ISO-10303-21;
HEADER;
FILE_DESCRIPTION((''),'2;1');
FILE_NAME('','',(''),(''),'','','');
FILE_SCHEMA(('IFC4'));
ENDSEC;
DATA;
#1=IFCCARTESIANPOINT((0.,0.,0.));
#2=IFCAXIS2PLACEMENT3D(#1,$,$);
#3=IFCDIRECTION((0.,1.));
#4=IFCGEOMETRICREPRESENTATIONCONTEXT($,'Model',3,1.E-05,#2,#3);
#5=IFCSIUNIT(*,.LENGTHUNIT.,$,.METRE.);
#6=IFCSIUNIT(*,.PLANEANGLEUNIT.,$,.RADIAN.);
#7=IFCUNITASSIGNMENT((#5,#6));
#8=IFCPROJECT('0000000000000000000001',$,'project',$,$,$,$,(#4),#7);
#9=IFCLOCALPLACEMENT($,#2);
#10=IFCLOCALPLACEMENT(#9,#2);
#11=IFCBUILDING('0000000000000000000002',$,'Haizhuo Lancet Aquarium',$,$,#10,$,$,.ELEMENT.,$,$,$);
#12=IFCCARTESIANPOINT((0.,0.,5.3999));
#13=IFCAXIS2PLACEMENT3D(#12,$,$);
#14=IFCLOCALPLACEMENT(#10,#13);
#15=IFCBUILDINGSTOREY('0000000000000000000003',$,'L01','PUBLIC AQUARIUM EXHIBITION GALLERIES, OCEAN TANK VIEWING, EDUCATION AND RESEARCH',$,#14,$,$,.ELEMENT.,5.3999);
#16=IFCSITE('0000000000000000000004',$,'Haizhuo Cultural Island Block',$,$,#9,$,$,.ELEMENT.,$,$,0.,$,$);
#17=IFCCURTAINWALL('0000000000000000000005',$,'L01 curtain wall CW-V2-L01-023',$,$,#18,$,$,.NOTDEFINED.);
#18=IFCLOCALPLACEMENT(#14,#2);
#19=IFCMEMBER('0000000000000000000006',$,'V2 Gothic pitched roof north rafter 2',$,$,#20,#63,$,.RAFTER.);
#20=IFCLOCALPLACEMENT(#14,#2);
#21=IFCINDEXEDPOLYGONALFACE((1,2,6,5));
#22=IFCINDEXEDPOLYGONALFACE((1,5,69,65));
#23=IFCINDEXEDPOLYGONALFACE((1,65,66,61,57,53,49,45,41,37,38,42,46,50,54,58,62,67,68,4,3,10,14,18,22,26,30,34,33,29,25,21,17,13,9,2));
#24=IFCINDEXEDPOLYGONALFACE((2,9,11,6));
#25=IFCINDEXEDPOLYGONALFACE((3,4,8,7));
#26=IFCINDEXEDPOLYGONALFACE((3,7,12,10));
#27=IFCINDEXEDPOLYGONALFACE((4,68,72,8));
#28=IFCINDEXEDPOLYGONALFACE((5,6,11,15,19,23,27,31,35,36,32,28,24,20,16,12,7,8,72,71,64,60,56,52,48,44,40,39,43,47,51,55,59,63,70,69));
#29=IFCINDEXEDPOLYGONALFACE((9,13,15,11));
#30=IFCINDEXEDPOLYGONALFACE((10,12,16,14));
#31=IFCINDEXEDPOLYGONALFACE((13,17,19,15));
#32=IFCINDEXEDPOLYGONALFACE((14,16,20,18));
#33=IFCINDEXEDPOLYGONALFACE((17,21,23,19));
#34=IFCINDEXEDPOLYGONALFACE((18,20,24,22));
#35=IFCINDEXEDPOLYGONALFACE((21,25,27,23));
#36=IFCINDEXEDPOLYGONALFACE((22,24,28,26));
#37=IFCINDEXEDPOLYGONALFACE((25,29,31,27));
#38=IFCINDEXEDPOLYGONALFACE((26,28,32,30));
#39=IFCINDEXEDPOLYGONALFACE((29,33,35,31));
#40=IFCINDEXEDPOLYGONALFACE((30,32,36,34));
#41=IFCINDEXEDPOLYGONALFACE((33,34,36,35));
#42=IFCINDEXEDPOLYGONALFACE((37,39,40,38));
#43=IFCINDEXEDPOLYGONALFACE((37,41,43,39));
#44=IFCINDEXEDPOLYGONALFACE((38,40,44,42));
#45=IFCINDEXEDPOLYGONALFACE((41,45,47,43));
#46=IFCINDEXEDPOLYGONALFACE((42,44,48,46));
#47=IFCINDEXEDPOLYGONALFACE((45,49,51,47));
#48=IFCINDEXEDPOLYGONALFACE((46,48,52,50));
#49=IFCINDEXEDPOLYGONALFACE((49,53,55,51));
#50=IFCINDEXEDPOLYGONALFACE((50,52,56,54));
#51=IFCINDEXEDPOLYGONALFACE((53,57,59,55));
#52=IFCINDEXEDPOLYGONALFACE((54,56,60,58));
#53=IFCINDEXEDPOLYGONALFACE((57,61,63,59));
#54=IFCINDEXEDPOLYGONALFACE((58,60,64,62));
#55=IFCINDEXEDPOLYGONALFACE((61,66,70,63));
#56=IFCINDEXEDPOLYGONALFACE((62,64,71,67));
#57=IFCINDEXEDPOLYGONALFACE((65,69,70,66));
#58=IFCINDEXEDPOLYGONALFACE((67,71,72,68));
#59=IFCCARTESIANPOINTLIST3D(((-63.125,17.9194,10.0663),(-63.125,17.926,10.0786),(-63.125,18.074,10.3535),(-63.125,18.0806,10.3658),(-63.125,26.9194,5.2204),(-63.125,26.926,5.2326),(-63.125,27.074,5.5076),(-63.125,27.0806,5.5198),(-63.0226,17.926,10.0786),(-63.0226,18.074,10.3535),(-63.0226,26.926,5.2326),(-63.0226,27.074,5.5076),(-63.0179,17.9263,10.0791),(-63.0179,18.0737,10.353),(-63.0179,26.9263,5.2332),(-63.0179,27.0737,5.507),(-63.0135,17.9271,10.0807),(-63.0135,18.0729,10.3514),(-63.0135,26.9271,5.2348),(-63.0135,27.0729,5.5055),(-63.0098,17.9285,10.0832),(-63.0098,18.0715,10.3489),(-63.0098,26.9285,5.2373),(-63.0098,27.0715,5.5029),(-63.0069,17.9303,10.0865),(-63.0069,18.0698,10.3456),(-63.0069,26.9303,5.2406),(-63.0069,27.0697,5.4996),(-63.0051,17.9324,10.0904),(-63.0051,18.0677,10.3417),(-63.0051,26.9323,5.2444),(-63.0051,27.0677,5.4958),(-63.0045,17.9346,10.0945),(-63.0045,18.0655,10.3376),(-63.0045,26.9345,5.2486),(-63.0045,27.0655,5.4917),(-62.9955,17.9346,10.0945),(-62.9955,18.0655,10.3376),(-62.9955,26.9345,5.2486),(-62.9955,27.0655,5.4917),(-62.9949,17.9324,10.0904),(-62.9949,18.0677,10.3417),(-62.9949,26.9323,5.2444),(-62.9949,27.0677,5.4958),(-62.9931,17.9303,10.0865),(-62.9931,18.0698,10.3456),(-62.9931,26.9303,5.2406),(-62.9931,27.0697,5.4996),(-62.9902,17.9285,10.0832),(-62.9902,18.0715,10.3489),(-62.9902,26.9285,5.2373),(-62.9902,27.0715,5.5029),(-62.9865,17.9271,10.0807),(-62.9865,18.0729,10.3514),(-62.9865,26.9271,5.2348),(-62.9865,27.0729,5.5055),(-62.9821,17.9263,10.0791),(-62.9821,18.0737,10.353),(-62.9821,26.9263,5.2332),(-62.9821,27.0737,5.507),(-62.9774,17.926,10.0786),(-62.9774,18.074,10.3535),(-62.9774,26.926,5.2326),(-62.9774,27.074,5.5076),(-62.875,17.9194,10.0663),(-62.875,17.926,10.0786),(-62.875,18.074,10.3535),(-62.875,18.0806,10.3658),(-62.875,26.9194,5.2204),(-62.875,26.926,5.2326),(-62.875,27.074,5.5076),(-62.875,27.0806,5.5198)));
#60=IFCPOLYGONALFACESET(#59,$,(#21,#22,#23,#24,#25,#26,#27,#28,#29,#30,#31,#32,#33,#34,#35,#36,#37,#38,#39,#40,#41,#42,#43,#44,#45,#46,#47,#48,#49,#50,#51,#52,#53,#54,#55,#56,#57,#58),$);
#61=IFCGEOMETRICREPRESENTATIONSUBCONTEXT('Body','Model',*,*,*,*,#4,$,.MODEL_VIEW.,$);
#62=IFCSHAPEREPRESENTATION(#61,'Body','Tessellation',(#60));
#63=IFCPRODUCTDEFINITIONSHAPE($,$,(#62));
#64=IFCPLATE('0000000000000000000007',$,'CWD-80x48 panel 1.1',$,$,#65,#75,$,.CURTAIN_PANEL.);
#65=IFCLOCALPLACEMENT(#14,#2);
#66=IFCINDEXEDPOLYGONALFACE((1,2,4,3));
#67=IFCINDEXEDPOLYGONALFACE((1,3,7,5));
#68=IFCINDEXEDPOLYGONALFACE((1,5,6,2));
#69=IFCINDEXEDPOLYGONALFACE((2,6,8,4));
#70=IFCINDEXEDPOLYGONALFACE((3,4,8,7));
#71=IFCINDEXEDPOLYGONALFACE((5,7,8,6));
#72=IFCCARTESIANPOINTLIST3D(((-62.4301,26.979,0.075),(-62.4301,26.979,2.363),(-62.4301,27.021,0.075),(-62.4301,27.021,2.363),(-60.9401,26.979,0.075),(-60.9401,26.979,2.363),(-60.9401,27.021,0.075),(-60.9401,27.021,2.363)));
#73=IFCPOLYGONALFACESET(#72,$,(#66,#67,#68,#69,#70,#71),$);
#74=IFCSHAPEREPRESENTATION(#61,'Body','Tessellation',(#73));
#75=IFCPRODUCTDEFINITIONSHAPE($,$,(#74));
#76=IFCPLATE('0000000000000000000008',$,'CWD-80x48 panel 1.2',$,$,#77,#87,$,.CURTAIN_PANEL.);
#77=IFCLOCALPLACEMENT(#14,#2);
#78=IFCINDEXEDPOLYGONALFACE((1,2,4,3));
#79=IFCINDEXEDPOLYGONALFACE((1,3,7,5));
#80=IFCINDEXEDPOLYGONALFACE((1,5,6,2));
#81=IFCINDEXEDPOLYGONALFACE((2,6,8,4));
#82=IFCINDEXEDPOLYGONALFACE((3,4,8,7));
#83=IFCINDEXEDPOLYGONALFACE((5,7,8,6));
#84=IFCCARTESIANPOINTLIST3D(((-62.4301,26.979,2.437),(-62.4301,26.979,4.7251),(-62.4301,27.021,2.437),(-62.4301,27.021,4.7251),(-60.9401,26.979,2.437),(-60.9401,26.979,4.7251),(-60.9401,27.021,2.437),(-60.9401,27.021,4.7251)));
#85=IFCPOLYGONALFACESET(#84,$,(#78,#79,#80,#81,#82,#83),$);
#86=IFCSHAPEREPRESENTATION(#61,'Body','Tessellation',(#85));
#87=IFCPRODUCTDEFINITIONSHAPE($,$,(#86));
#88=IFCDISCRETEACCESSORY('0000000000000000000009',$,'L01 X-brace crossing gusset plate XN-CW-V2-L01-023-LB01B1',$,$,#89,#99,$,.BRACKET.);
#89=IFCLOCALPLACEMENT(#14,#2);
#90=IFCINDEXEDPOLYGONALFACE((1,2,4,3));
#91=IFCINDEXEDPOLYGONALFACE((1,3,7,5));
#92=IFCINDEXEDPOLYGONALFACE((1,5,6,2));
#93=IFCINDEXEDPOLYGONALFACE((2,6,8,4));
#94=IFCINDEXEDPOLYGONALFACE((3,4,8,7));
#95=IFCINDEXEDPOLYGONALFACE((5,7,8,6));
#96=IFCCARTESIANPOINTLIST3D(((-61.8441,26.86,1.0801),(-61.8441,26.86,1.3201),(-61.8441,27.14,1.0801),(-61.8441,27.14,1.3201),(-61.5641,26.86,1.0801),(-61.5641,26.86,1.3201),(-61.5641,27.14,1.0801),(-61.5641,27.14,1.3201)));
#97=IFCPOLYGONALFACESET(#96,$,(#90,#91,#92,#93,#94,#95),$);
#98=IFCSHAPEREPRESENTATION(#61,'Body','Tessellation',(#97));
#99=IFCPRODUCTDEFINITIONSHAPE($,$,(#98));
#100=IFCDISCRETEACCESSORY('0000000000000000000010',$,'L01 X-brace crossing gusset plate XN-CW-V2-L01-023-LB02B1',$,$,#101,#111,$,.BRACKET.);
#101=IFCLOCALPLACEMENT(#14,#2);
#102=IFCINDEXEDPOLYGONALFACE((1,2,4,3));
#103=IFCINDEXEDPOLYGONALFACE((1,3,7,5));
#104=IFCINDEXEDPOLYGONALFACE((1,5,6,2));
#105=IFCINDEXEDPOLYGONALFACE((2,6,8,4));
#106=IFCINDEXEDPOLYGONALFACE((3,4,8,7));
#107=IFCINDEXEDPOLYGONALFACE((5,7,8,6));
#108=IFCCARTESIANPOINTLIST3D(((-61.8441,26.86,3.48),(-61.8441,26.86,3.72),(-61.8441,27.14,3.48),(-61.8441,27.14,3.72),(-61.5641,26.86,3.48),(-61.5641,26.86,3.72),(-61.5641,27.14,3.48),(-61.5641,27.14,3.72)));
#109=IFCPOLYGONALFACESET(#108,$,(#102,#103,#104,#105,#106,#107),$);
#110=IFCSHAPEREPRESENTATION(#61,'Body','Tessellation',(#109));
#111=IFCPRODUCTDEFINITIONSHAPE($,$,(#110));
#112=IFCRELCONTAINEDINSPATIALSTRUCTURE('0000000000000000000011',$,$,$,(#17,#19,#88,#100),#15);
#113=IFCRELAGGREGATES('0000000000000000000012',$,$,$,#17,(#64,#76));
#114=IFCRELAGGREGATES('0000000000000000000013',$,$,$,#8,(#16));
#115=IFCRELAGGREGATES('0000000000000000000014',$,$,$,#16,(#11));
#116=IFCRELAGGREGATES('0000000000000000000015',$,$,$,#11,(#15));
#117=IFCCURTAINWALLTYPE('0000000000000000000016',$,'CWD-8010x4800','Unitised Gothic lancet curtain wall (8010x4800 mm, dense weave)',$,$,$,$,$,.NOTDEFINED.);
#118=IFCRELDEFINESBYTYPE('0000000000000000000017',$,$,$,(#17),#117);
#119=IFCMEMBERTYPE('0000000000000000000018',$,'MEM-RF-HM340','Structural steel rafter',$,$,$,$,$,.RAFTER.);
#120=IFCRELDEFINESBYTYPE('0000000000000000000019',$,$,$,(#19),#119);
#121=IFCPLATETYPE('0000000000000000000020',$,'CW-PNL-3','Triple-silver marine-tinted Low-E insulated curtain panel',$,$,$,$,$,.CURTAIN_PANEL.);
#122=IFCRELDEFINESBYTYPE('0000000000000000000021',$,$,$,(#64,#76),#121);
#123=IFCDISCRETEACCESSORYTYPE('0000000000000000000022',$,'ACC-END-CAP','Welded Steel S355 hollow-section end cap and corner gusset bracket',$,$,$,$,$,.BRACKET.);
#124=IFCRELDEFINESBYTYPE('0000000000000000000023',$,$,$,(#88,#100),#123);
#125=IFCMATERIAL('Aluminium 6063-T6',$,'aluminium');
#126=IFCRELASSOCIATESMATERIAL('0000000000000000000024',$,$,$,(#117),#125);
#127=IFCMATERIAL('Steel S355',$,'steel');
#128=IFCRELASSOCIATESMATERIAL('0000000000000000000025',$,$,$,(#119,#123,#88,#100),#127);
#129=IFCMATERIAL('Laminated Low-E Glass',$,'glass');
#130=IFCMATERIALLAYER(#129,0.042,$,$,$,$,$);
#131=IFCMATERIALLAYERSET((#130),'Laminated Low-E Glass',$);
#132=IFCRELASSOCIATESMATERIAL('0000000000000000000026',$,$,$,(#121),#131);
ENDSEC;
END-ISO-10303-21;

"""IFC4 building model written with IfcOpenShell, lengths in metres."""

from ifc_helpers import new_model, si_unit, direction, frame, origin, origin_2d, place, context, subcontext, project, spatial, rectangle, i_section, extrude, material, layer, layer_set, material_profile, profile_set, type_object, element, aggregate, save


model = new_model("IFC4")

# Units and contexts
model_context = context("Model", 3, precision=1e-05, world=origin(), true_north=direction((0.0, 1.0)))
body_context = subcontext(model_context, "Body", "Model", "MODEL_VIEW")
ifc_project = project(units=[si_unit("LENGTHUNIT", "METRE"), si_unit("PLANEANGLEUNIT", "RADIAN")], contexts=[model_context])

# Site, building, storey
site_placement = place(None, origin())
site = spatial("IfcSite", under=ifc_project, at=site_placement, Name="Haizhuo Cultural Island Block", CompositionType="ELEMENT", RefElevation=0.0)
building_placement = place(site_placement, origin())
building = spatial("IfcBuilding", under=site, at=building_placement, Name="Haizhuo Lancet Aquarium", CompositionType="ELEMENT")
storey_placement = place(building_placement, frame((0.0, 0.0, 5.3999)))
storey = spatial("IfcBuildingStorey", under=building, at=storey_placement, Name="L01", Description="PUBLIC AQUARIUM EXHIBITION GALLERIES, OCEAN TANK VIEWING, EDUCATION AND RESEARCH", CompositionType="ELEMENT", Elevation=5.3999)

# Shared definitions
ifc_material_1 = material(Name="Steel S355", Category="steel")

# Curtain wall
ifc_material_2 = material(Name="Aluminium 6063-T6", Category="aluminium")
curtain_wall_type = type_object("IfcCurtainWallType", Name="CWD-8010x4800", Description="Unitised Gothic lancet curtain wall (8010x4800 mm, dense weave)", PredefinedType="NOTDEFINED", material=ifc_material_2)
curtain_wall_placement = place(storey_placement, origin())
curtain_wall = element("IfcCurtainWall", 1, at=curtain_wall_placement, inside=storey, type_object=curtain_wall_type, Name="L01 curtain wall CW-V2-L01-023", PredefinedType="NOTDEFINED")

# Member
ifc_material_profile_1 = material_profile(ifc_material_1, i_section(OverallWidth=0.25, OverallDepth=0.3401, WebThickness=0.009, FlangeThickness=0.0139, FilletRadius=0.0181, at=origin_2d()), Name="HM 340x250x9x14")
ifc_profile_set_1 = profile_set([ifc_material_profile_1], Name="Steel S355")
member_type_1 = type_object("IfcMemberType", Name="MEM-RF-HM340", Description="Structural steel rafter", PredefinedType="RAFTER", material=ifc_profile_set_1)
member_1_placement = place(storey_placement, frame((-63.0, 27.0, 5.3701), z_axis=(0.0, -0.88048, 0.474084), x_axis=(1.0, 0.0, 0.0)))
element("IfcMember", 2, at=member_1_placement, inside=storey, type_object=member_type_1, Name="V2 Gothic pitched roof north rafter 2", PredefinedType="RAFTER", context=body_context, shape_type="SweptSolid", body=[
    extrude(i_section(OverallWidth=0.25, OverallDepth=0.3401, WebThickness=0.009, FlangeThickness=0.0139, FilletRadius=0.0181, at=origin_2d()), origin(), (0.0, 0.0, 1.0), 10.2217),
])

# Plates
ifc_material_3 = material(Name="Laminated Low-E Glass", Category="glass")
ifc_layer = layer(ifc_material_3, 0.042)
ifc_layer_set = layer_set([ifc_layer], Name="Laminated Low-E Glass")
plate_type = type_object("IfcPlateType", Name="CW-PNL-3", Description="Triple-silver marine-tinted Low-E insulated curtain panel", PredefinedType="CURTAIN_PANEL", material=ifc_layer_set)
plate_1_placement = place(storey_placement, frame((-61.6851, 27.0, 0.075), z_axis=(0.0, 0.0, 1.0), x_axis=(1.0, 0.0, 0.0)))
plate_1 = element("IfcPlate", 3, at=plate_1_placement, type_object=plate_type, Name="CWD-80x48 panel 1.1", PredefinedType="CURTAIN_PANEL", context=body_context, shape_type="SweptSolid", body=[
    extrude(rectangle(XDim=1.49, YDim=0.042, at=origin_2d()), origin(), (0.0, 0.0, 1.0), 2.2881),
])
plate_2_placement = place(storey_placement, frame((-61.6851, 27.0, 2.437), z_axis=(0.0, 0.0, 1.0), x_axis=(1.0, 0.0, 0.0)))
plate_2 = element("IfcPlate", 4, at=plate_2_placement, type_object=plate_type, Name="CWD-80x48 panel 1.2", PredefinedType="CURTAIN_PANEL", context=body_context, shape_type="SweptSolid", body=[
    extrude(rectangle(XDim=1.49, YDim=0.042, at=origin_2d()), origin(), (0.0, 0.0, 1.0), 2.2881),
])
aggregate(curtain_wall, [plate_1, plate_2])

# Discrete accessories
discrete_accessory_type = type_object("IfcDiscreteAccessoryType", Name="ACC-END-CAP", Description="Welded Steel S355 hollow-section end cap and corner gusset bracket", PredefinedType="BRACKET", material=ifc_material_1)
for number, where, z_axis, x_axis, name in (
    (5, (-61.7041, 27.0, 1.0801), (0.0, 0.0, 1.0), (1.0, 0.0, 0.0), "L01 X-brace crossing gusset plate XN-CW-V2-L01-023-LB01B1"),
    (6, (-61.7041, 27.0, 3.48), (0.0, 0.0, 1.0), (1.0, 0.0, 0.0), "L01 X-brace crossing gusset plate XN-CW-V2-L01-023-LB02B1"),
):
    element("IfcDiscreteAccessory", number, at=place(storey_placement, frame(where, z_axis=z_axis, x_axis=x_axis)), inside=storey, type_object=discrete_accessory_type, material=ifc_material_1, Name=name, PredefinedType="BRACKET", context=body_context, shape_type="SweptSolid", body=[
        extrude(rectangle(XDim=0.28, YDim=0.28, at=origin_2d()), origin(), (0.0, 0.0, 1.0), 0.24),
    ])

save(model, "model.ifc")
